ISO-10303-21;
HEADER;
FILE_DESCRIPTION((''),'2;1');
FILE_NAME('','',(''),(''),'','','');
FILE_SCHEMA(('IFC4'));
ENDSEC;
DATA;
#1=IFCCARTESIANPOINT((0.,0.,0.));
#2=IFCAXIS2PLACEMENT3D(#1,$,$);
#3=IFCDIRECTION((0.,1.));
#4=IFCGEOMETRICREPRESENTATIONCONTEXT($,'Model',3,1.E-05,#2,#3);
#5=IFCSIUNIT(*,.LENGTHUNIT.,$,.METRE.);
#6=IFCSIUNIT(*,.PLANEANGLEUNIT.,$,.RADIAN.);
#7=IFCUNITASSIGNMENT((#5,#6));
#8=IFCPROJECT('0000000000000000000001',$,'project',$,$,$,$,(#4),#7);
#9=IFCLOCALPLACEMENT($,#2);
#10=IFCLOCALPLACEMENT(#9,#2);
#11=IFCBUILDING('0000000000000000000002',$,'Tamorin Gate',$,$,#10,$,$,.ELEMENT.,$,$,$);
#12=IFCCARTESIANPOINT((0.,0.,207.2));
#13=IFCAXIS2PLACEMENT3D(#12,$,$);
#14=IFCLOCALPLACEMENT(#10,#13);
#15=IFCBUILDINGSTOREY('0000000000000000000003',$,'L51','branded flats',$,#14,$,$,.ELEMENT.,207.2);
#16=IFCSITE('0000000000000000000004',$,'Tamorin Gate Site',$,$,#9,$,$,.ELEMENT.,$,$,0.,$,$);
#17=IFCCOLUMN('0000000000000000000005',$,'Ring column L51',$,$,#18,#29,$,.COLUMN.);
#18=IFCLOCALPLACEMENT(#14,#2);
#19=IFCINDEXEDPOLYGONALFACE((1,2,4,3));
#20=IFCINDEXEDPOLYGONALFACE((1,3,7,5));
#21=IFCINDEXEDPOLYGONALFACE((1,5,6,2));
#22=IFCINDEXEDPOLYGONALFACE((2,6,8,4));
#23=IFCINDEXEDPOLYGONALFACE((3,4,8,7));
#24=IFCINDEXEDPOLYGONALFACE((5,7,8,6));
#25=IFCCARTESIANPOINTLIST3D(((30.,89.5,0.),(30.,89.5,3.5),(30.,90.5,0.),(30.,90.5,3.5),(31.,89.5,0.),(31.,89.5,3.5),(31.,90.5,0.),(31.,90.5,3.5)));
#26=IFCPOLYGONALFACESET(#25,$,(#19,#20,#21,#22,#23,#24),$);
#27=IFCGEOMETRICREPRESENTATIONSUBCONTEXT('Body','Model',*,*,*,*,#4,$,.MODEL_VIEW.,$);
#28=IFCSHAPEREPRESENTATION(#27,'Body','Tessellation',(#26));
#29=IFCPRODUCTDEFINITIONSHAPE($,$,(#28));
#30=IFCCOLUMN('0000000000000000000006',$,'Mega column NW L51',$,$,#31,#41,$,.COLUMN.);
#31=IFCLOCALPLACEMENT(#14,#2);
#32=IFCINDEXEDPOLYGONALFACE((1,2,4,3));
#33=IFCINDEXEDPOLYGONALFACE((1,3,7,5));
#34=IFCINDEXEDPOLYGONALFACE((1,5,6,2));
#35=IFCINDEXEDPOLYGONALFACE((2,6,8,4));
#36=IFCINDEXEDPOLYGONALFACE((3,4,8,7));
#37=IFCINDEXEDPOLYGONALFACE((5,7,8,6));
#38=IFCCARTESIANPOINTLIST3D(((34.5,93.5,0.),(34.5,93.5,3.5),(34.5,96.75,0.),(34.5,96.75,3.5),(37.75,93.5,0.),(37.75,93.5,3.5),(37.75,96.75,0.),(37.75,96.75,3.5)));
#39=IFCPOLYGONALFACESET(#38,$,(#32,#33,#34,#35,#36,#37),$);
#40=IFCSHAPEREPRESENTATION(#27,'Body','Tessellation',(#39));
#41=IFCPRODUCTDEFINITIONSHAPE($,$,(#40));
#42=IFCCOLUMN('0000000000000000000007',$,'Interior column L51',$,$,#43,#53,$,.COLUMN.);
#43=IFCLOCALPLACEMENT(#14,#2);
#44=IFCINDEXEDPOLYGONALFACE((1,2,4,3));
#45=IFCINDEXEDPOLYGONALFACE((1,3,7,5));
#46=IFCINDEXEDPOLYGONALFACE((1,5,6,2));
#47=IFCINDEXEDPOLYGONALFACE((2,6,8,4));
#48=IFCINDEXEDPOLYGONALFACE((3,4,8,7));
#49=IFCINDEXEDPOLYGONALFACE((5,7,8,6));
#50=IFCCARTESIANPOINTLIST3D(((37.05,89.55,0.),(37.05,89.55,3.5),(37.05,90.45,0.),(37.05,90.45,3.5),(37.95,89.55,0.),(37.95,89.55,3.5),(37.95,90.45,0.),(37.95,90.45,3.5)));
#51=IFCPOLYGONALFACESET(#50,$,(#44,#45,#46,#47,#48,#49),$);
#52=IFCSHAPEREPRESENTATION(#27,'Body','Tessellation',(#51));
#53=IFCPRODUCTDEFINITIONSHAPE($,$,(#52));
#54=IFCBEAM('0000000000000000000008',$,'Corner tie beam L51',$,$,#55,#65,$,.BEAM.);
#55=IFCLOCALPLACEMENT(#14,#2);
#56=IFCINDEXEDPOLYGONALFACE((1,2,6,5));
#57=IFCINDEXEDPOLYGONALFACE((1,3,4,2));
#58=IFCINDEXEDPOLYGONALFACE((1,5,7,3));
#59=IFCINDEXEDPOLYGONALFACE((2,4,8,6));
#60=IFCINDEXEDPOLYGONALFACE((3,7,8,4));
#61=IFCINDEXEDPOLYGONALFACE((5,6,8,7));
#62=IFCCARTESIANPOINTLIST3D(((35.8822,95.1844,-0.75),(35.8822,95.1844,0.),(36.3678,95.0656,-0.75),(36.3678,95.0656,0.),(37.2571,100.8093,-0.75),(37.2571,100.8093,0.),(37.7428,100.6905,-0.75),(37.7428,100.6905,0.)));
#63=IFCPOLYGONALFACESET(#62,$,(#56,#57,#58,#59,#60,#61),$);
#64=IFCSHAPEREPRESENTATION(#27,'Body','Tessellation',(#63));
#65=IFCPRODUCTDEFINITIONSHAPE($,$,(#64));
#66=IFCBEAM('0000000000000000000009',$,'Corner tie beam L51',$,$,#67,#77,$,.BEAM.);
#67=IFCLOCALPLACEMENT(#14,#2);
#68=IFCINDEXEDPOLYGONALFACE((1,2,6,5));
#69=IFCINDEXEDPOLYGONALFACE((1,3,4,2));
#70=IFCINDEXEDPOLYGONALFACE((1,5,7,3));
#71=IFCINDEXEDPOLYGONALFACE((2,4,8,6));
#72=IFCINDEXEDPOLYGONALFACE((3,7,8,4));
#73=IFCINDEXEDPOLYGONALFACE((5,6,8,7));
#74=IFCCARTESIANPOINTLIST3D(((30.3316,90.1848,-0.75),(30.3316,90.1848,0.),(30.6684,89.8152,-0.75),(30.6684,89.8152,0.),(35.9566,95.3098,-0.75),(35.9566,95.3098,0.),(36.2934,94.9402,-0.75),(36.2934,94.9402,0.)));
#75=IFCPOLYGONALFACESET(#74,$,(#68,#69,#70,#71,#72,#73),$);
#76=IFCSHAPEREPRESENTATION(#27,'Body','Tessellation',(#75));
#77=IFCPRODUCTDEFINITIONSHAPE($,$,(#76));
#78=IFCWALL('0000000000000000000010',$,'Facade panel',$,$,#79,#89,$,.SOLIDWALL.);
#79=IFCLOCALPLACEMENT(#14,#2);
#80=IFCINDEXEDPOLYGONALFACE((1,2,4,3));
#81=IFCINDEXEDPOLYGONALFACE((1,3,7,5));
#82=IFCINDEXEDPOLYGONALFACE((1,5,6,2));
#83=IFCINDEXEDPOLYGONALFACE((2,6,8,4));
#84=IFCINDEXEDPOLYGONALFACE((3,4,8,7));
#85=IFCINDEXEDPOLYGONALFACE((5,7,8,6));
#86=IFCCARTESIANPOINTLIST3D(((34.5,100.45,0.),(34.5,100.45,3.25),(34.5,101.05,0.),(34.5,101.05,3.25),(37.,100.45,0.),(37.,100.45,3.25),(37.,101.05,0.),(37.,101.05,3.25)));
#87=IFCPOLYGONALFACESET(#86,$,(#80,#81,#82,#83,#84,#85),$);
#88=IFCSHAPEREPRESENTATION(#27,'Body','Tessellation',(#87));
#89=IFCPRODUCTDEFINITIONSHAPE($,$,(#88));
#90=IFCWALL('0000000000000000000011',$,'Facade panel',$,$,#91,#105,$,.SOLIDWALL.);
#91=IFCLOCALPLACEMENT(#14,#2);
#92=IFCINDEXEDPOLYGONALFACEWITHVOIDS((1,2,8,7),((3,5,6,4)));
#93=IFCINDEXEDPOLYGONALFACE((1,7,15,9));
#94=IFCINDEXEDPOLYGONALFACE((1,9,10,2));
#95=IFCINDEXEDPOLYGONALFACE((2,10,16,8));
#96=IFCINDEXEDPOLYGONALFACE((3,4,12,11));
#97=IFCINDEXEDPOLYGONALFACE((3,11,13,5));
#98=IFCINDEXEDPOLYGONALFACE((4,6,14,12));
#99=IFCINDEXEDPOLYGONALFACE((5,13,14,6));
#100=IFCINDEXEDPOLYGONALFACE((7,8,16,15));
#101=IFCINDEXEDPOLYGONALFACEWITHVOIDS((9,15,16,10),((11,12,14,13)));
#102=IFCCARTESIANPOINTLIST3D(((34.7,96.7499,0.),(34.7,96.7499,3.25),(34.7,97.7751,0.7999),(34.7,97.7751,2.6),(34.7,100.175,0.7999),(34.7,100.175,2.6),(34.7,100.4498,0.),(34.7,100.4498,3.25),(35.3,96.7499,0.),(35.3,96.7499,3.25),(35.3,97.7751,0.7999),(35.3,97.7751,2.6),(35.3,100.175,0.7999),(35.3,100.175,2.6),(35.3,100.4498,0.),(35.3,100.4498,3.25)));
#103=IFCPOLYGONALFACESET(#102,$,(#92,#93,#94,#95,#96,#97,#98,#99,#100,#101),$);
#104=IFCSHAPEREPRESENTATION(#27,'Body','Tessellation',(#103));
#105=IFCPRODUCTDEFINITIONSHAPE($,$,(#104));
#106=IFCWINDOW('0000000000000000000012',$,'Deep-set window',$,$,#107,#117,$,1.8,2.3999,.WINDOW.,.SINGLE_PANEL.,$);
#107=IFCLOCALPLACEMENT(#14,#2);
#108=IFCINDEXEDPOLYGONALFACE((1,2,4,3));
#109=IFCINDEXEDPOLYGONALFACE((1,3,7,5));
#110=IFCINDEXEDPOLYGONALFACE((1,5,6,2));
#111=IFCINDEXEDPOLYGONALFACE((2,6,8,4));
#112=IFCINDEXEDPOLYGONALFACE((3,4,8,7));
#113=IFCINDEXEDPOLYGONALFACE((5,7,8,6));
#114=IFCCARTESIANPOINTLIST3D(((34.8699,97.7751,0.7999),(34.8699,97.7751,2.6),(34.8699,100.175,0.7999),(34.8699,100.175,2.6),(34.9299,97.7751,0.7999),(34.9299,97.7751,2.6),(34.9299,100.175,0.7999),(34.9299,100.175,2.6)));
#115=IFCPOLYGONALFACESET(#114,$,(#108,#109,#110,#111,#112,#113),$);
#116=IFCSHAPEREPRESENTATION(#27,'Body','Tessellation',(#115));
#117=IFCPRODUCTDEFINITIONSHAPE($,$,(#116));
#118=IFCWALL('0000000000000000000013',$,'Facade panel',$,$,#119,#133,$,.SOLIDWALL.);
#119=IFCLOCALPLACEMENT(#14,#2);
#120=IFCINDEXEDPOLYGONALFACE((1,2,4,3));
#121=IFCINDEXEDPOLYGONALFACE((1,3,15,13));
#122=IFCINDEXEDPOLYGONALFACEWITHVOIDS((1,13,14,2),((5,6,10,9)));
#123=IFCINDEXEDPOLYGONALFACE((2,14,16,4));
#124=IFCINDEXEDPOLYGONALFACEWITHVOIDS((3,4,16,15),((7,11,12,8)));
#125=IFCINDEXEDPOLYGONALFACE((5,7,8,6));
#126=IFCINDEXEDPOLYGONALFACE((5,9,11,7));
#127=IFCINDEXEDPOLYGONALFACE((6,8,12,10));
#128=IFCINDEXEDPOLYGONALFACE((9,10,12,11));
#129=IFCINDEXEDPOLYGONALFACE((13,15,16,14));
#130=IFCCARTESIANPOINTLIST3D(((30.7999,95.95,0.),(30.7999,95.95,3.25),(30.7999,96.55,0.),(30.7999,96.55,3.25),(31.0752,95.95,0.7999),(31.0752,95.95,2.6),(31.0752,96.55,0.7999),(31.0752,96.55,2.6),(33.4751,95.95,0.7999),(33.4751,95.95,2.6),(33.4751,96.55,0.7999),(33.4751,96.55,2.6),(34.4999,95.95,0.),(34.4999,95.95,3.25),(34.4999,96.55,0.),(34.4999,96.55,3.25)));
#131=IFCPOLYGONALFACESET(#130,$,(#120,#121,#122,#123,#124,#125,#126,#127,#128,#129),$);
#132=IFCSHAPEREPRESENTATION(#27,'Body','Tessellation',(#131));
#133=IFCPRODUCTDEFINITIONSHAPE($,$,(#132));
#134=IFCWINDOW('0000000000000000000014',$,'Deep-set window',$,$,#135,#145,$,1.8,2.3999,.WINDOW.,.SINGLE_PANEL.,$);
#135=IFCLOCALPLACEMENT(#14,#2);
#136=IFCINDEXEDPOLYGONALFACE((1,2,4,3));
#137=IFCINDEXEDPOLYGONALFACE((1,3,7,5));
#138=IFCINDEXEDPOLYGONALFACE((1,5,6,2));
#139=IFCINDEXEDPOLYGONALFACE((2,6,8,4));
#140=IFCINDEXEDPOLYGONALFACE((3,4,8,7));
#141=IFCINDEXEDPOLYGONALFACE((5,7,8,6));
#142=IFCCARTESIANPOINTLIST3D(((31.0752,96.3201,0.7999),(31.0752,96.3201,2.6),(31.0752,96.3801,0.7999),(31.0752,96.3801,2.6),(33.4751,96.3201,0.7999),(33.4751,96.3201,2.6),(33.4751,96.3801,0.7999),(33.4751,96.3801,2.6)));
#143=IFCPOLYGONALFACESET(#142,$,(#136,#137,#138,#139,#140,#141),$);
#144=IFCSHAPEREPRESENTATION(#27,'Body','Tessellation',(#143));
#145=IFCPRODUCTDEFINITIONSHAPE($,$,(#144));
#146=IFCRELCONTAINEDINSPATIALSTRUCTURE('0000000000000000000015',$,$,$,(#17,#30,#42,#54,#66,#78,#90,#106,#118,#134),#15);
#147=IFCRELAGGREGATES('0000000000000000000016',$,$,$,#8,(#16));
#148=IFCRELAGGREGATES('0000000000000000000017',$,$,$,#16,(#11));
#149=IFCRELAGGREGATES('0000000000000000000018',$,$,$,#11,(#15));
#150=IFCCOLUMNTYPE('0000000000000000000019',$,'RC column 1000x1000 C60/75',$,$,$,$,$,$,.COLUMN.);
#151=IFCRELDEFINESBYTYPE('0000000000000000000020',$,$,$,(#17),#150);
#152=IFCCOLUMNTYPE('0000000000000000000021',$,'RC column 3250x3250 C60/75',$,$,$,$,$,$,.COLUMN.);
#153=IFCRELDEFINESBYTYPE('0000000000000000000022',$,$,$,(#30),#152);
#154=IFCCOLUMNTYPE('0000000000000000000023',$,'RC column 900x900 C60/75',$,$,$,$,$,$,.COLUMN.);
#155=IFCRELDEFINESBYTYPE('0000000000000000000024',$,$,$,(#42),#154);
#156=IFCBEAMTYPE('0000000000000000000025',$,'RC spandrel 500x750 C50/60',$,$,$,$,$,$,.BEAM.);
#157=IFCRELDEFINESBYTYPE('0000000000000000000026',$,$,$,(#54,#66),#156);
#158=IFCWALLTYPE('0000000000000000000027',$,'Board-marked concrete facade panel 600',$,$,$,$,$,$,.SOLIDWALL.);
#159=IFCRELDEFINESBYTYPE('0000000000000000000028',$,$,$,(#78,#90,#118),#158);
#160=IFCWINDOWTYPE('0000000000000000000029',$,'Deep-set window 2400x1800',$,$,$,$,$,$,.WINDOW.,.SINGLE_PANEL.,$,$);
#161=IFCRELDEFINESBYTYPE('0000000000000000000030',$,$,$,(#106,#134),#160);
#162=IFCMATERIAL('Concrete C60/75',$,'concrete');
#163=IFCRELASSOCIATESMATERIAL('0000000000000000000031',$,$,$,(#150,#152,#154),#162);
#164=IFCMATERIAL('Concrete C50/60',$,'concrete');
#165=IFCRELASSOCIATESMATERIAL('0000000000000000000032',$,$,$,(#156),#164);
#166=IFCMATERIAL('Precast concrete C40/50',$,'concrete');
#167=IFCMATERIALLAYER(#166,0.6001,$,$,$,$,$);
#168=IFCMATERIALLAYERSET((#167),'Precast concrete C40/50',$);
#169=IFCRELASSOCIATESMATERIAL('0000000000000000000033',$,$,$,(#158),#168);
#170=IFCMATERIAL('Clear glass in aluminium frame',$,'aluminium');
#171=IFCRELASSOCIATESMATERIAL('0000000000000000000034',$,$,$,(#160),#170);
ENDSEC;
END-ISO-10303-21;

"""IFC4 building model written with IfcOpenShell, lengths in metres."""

from ifc_helpers import new_model, si_unit, direction, frame, frame_2d, origin, origin_2d, place, context, subcontext, project, spatial, rectangle, extrude, material, layer, layer_set, material_profile, profile_set, type_object, element, fill, save


model = new_model("IFC4")

# Units and contexts
model_context = context("Model", 3, precision=1e-05, world=origin(), true_north=direction((0.0, 1.0)))
body_context = subcontext(model_context, "Body", "Model", "MODEL_VIEW")
ifc_project = project(units=[si_unit("LENGTHUNIT", "METRE"), si_unit("PLANEANGLEUNIT", "RADIAN")], contexts=[model_context])

# Site, building, storey
site_placement = place(None, origin())
site = spatial("IfcSite", under=ifc_project, at=site_placement, Name="Tamorin Gate Site", CompositionType="ELEMENT", RefElevation=0.0)
building_placement = place(site_placement, origin())
building = spatial("IfcBuilding", under=site, at=building_placement, Name="Tamorin Gate", CompositionType="ELEMENT")
storey_placement = place(building_placement, frame((0.0, 0.0, 207.2)))
storey = spatial("IfcBuildingStorey", under=building, at=storey_placement, Name="L51", Description="branded flats", CompositionType="ELEMENT", Elevation=207.2)

# Columns
ifc_material_1 = material(Name="Concrete C60/75", Category="concrete")
ifc_material_profile_1 = material_profile(ifc_material_1, rectangle(XDim=1.0, YDim=1.0, at=origin_2d()), Name="RC 1000x1000")
ifc_profile_set_1 = profile_set([ifc_material_profile_1], Name="Concrete C60/75")
column_type_1 = type_object("IfcColumnType", Name="RC column 1000x1000 C60/75", PredefinedType="COLUMN", material=ifc_profile_set_1)
column_1_placement = place(storey_placement, frame((30.5, 90.0, 0.0), z_axis=(0.0, 0.0, 1.0), x_axis=(1.0, 0.0, 0.0)))
element("IfcColumn", 1, at=column_1_placement, inside=storey, type_object=column_type_1, Name="Ring column L51", PredefinedType="COLUMN", context=body_context, shape_type="SweptSolid", body=[
    extrude(rectangle(XDim=1.0, YDim=1.0, at=origin_2d()), origin(), (0.0, 0.0, 1.0), 3.5),
])
ifc_material_profile_2 = material_profile(ifc_material_1, rectangle(XDim=3.25, YDim=3.25, at=origin_2d()), Name="RC 3250x3250")
ifc_profile_set_2 = profile_set([ifc_material_profile_2], Name="Concrete C60/75")
column_type_2 = type_object("IfcColumnType", Name="RC column 3250x3250 C60/75", PredefinedType="COLUMN", material=ifc_profile_set_2)
column_2_placement = place(storey_placement, frame((36.125, 95.125, 0.0), z_axis=(0.0, 0.0, 1.0), x_axis=(1.0, 0.0, 0.0)))
element("IfcColumn", 2, at=column_2_placement, inside=storey, type_object=column_type_2, Name="Mega column NW L51", PredefinedType="COLUMN", context=body_context, shape_type="SweptSolid", body=[
    extrude(rectangle(XDim=3.25, YDim=3.25, at=origin_2d()), origin(), (0.0, 0.0, 1.0), 3.5),
])
ifc_material_profile_3 = material_profile(ifc_material_1, rectangle(XDim=0.8999, YDim=0.8999, at=origin_2d()), Name="RC 900x900")
ifc_profile_set_3 = profile_set([ifc_material_profile_3], Name="Concrete C60/75")
column_type_3 = type_object("IfcColumnType", Name="RC column 900x900 C60/75", PredefinedType="COLUMN", material=ifc_profile_set_3)
column_3_placement = place(storey_placement, frame((37.5, 90.0, 0.0), z_axis=(0.0, 0.0, 1.0), x_axis=(1.0, 0.0, 0.0)))
element("IfcColumn", 3, at=column_3_placement, inside=storey, type_object=column_type_3, Name="Interior column L51", PredefinedType="COLUMN", context=body_context, shape_type="SweptSolid", body=[
    extrude(rectangle(XDim=0.8999, YDim=0.8999, at=origin_2d()), origin(), (0.0, 0.0, 1.0), 3.5),
])

# Beams
ifc_material_2 = material(Name="Concrete C50/60", Category="concrete")
ifc_material_profile_4 = material_profile(ifc_material_2, rectangle(XDim=0.5, YDim=0.75, at=origin_2d()), Name="RC 500x750")
ifc_profile_set_4 = profile_set([ifc_material_profile_4], Name="Concrete C50/60")
beam_type = type_object("IfcBeamType", Name="RC spandrel 500x750 C50/60", PredefinedType="BEAM", material=ifc_profile_set_4)
beam_1_placement = place(storey_placement, frame((36.125, 95.125, -0.375), z_axis=(0.237453, 0.971399, 0.0), x_axis=(-0.971399, 0.237453, 0.0)))
element("IfcBeam", 4, at=beam_1_placement, inside=storey, type_object=beam_type, Name="Corner tie beam L51", PredefinedType="BEAM", context=body_context, shape_type="SweptSolid", body=[
    extrude(rectangle(XDim=0.5, YDim=0.75, at=origin_2d()), origin(), (0.0, 0.0, 1.0), 5.7905),
])
beam_2_placement = place(storey_placement, frame((36.125, 95.125, -0.375), z_axis=(-0.739196, -0.67349, 0.0), x_axis=(0.67349, -0.739196, 0.0)))
element("IfcBeam", 5, at=beam_2_placement, inside=storey, type_object=beam_type, Name="Corner tie beam L51", PredefinedType="BEAM", context=body_context, shape_type="SweptSolid", body=[
    extrude(rectangle(XDim=0.5, YDim=0.75, at=origin_2d()), origin(), (0.0, 0.0, 1.0), 7.6096),
])

# Wall
ifc_material_3 = material(Name="Precast concrete C40/50", Category="concrete")
ifc_layer_1 = layer(ifc_material_3, 0.6001)
ifc_layer_set_1 = layer_set([ifc_layer_1], Name="Precast concrete C40/50")
wall_type_1 = type_object("IfcWallType", Name="Board-marked concrete facade panel 600", PredefinedType="SOLIDWALL", material=ifc_layer_set_1)
wall_1_placement = place(storey_placement, frame((37.0, 100.75, 0.0), z_axis=(0.0, 0.0, 1.0), x_axis=(-1.0, 0.0, 0.0)))
element("IfcWall", 6, at=wall_1_placement, inside=storey, type_object=wall_type_1, Name="Facade panel", PredefinedType="SOLIDWALL", context=body_context, shape_type="SweptSolid", body=[
    extrude(rectangle(XDim=2.5, YDim=0.6001, at=frame_2d((1.25, 0.0))), origin(), (0.0, 0.0, 1.0), 3.25),
])

# Walls, openings, windows
wall_2_placement = place(storey_placement, frame((35.0, 100.45, 0.0), z_axis=(0.0, 0.0, 1.0), x_axis=(0.0, -1.0, 0.0)))
wall_2 = element("IfcWall", 7, at=wall_2_placement, inside=storey, type_object=wall_type_1, Name="Facade panel", PredefinedType="SOLIDWALL", context=body_context, shape_type="SweptSolid", body=[
    extrude(rectangle(XDim=3.7, YDim=0.6001, at=frame_2d((1.8501, 0.0))), origin(), (0.0, 0.0, 1.0), 3.25),
])
opening_1_placement = place(wall_2_placement, frame((0.2749, 0.0, 0.8)))
opening_1 = element("IfcOpeningElement", 8, at=opening_1_placement, cuts=wall_2, PredefinedType="OPENING", context=body_context, shape_type="SweptSolid", body=[
    extrude(rectangle(XDim=2.3999, YDim=1.8, at=frame_2d((1.2, 0.8999))), frame((0.0, 0.3101, 0.0), z_axis=(0.0, -1.0, 0.0), x_axis=(1.0, 0.0, 0.0)), (0.0, 0.0, 1.0), 0.6201),
])
ifc_material_4 = material(Name="Clear glass in aluminium frame", Category="aluminium")
window_type_1 = type_object("IfcWindowType", Name="Deep-set window 2400x1800", PartitioningType="SINGLE_PANEL", PredefinedType="WINDOW", material=ifc_material_4)
window_1_placement = place(opening_1_placement, origin())
window_1 = element("IfcWindow", 9, at=window_1_placement, inside=storey, type_object=window_type_1, Name="Deep-set window", OverallHeight=1.8, OverallWidth=2.3999, PartitioningType="SINGLE_PANEL", PredefinedType="WINDOW", context=body_context, shape_type="SweptSolid", body=[
    extrude(rectangle(XDim=2.3999, YDim=1.8, at=frame_2d((1.2, 0.8999))), frame((0.0, -0.0701, 0.0), z_axis=(0.0, -1.0, 0.0), x_axis=(1.0, 0.0, 0.0)), (0.0, 0.0, 1.0), 0.0601),
])
fill(opening_1, window_1)
wall_3_placement = place(storey_placement, frame((34.5, 96.25, 0.0), z_axis=(0.0, 0.0, 1.0), x_axis=(-1.0, 0.0, 0.0)))
wall_3 = element("IfcWall", 10, at=wall_3_placement, inside=storey, type_object=wall_type_1, Name="Facade panel", PredefinedType="SOLIDWALL", context=body_context, shape_type="SweptSolid", body=[
    extrude(rectangle(XDim=3.7, YDim=0.6001, at=frame_2d((1.8501, 0.0))), origin(), (0.0, 0.0, 1.0), 3.25),
])
opening_2_placement = place(wall_3_placement, frame((1.0249, 0.0, 0.8)))
opening_2 = element("IfcOpeningElement", 11, at=opening_2_placement, cuts=wall_3, PredefinedType="OPENING", context=body_context, shape_type="SweptSolid", body=[
    extrude(rectangle(XDim=2.3999, YDim=1.8, at=frame_2d((1.2, 0.8999))), frame((0.0, 0.3101, 0.0), z_axis=(0.0, -1.0, 0.0), x_axis=(1.0, 0.0, 0.0)), (0.0, 0.0, 1.0), 0.6201),
])
window_2_placement = place(opening_2_placement, origin())
window_2 = element("IfcWindow", 12, at=window_2_placement, inside=storey, type_object=window_type_1, Name="Deep-set window", OverallHeight=1.8, OverallWidth=2.3999, PartitioningType="SINGLE_PANEL", PredefinedType="WINDOW", context=body_context, shape_type="SweptSolid", body=[
    extrude(rectangle(XDim=2.3999, YDim=1.8, at=frame_2d((1.2, 0.8999))), frame((0.0, -0.0701, 0.0), z_axis=(0.0, -1.0, 0.0), x_axis=(1.0, 0.0, 0.0)), (0.0, 0.0, 1.0), 0.0601),
])
fill(opening_2, window_2)

save(model, "model.ifc")
